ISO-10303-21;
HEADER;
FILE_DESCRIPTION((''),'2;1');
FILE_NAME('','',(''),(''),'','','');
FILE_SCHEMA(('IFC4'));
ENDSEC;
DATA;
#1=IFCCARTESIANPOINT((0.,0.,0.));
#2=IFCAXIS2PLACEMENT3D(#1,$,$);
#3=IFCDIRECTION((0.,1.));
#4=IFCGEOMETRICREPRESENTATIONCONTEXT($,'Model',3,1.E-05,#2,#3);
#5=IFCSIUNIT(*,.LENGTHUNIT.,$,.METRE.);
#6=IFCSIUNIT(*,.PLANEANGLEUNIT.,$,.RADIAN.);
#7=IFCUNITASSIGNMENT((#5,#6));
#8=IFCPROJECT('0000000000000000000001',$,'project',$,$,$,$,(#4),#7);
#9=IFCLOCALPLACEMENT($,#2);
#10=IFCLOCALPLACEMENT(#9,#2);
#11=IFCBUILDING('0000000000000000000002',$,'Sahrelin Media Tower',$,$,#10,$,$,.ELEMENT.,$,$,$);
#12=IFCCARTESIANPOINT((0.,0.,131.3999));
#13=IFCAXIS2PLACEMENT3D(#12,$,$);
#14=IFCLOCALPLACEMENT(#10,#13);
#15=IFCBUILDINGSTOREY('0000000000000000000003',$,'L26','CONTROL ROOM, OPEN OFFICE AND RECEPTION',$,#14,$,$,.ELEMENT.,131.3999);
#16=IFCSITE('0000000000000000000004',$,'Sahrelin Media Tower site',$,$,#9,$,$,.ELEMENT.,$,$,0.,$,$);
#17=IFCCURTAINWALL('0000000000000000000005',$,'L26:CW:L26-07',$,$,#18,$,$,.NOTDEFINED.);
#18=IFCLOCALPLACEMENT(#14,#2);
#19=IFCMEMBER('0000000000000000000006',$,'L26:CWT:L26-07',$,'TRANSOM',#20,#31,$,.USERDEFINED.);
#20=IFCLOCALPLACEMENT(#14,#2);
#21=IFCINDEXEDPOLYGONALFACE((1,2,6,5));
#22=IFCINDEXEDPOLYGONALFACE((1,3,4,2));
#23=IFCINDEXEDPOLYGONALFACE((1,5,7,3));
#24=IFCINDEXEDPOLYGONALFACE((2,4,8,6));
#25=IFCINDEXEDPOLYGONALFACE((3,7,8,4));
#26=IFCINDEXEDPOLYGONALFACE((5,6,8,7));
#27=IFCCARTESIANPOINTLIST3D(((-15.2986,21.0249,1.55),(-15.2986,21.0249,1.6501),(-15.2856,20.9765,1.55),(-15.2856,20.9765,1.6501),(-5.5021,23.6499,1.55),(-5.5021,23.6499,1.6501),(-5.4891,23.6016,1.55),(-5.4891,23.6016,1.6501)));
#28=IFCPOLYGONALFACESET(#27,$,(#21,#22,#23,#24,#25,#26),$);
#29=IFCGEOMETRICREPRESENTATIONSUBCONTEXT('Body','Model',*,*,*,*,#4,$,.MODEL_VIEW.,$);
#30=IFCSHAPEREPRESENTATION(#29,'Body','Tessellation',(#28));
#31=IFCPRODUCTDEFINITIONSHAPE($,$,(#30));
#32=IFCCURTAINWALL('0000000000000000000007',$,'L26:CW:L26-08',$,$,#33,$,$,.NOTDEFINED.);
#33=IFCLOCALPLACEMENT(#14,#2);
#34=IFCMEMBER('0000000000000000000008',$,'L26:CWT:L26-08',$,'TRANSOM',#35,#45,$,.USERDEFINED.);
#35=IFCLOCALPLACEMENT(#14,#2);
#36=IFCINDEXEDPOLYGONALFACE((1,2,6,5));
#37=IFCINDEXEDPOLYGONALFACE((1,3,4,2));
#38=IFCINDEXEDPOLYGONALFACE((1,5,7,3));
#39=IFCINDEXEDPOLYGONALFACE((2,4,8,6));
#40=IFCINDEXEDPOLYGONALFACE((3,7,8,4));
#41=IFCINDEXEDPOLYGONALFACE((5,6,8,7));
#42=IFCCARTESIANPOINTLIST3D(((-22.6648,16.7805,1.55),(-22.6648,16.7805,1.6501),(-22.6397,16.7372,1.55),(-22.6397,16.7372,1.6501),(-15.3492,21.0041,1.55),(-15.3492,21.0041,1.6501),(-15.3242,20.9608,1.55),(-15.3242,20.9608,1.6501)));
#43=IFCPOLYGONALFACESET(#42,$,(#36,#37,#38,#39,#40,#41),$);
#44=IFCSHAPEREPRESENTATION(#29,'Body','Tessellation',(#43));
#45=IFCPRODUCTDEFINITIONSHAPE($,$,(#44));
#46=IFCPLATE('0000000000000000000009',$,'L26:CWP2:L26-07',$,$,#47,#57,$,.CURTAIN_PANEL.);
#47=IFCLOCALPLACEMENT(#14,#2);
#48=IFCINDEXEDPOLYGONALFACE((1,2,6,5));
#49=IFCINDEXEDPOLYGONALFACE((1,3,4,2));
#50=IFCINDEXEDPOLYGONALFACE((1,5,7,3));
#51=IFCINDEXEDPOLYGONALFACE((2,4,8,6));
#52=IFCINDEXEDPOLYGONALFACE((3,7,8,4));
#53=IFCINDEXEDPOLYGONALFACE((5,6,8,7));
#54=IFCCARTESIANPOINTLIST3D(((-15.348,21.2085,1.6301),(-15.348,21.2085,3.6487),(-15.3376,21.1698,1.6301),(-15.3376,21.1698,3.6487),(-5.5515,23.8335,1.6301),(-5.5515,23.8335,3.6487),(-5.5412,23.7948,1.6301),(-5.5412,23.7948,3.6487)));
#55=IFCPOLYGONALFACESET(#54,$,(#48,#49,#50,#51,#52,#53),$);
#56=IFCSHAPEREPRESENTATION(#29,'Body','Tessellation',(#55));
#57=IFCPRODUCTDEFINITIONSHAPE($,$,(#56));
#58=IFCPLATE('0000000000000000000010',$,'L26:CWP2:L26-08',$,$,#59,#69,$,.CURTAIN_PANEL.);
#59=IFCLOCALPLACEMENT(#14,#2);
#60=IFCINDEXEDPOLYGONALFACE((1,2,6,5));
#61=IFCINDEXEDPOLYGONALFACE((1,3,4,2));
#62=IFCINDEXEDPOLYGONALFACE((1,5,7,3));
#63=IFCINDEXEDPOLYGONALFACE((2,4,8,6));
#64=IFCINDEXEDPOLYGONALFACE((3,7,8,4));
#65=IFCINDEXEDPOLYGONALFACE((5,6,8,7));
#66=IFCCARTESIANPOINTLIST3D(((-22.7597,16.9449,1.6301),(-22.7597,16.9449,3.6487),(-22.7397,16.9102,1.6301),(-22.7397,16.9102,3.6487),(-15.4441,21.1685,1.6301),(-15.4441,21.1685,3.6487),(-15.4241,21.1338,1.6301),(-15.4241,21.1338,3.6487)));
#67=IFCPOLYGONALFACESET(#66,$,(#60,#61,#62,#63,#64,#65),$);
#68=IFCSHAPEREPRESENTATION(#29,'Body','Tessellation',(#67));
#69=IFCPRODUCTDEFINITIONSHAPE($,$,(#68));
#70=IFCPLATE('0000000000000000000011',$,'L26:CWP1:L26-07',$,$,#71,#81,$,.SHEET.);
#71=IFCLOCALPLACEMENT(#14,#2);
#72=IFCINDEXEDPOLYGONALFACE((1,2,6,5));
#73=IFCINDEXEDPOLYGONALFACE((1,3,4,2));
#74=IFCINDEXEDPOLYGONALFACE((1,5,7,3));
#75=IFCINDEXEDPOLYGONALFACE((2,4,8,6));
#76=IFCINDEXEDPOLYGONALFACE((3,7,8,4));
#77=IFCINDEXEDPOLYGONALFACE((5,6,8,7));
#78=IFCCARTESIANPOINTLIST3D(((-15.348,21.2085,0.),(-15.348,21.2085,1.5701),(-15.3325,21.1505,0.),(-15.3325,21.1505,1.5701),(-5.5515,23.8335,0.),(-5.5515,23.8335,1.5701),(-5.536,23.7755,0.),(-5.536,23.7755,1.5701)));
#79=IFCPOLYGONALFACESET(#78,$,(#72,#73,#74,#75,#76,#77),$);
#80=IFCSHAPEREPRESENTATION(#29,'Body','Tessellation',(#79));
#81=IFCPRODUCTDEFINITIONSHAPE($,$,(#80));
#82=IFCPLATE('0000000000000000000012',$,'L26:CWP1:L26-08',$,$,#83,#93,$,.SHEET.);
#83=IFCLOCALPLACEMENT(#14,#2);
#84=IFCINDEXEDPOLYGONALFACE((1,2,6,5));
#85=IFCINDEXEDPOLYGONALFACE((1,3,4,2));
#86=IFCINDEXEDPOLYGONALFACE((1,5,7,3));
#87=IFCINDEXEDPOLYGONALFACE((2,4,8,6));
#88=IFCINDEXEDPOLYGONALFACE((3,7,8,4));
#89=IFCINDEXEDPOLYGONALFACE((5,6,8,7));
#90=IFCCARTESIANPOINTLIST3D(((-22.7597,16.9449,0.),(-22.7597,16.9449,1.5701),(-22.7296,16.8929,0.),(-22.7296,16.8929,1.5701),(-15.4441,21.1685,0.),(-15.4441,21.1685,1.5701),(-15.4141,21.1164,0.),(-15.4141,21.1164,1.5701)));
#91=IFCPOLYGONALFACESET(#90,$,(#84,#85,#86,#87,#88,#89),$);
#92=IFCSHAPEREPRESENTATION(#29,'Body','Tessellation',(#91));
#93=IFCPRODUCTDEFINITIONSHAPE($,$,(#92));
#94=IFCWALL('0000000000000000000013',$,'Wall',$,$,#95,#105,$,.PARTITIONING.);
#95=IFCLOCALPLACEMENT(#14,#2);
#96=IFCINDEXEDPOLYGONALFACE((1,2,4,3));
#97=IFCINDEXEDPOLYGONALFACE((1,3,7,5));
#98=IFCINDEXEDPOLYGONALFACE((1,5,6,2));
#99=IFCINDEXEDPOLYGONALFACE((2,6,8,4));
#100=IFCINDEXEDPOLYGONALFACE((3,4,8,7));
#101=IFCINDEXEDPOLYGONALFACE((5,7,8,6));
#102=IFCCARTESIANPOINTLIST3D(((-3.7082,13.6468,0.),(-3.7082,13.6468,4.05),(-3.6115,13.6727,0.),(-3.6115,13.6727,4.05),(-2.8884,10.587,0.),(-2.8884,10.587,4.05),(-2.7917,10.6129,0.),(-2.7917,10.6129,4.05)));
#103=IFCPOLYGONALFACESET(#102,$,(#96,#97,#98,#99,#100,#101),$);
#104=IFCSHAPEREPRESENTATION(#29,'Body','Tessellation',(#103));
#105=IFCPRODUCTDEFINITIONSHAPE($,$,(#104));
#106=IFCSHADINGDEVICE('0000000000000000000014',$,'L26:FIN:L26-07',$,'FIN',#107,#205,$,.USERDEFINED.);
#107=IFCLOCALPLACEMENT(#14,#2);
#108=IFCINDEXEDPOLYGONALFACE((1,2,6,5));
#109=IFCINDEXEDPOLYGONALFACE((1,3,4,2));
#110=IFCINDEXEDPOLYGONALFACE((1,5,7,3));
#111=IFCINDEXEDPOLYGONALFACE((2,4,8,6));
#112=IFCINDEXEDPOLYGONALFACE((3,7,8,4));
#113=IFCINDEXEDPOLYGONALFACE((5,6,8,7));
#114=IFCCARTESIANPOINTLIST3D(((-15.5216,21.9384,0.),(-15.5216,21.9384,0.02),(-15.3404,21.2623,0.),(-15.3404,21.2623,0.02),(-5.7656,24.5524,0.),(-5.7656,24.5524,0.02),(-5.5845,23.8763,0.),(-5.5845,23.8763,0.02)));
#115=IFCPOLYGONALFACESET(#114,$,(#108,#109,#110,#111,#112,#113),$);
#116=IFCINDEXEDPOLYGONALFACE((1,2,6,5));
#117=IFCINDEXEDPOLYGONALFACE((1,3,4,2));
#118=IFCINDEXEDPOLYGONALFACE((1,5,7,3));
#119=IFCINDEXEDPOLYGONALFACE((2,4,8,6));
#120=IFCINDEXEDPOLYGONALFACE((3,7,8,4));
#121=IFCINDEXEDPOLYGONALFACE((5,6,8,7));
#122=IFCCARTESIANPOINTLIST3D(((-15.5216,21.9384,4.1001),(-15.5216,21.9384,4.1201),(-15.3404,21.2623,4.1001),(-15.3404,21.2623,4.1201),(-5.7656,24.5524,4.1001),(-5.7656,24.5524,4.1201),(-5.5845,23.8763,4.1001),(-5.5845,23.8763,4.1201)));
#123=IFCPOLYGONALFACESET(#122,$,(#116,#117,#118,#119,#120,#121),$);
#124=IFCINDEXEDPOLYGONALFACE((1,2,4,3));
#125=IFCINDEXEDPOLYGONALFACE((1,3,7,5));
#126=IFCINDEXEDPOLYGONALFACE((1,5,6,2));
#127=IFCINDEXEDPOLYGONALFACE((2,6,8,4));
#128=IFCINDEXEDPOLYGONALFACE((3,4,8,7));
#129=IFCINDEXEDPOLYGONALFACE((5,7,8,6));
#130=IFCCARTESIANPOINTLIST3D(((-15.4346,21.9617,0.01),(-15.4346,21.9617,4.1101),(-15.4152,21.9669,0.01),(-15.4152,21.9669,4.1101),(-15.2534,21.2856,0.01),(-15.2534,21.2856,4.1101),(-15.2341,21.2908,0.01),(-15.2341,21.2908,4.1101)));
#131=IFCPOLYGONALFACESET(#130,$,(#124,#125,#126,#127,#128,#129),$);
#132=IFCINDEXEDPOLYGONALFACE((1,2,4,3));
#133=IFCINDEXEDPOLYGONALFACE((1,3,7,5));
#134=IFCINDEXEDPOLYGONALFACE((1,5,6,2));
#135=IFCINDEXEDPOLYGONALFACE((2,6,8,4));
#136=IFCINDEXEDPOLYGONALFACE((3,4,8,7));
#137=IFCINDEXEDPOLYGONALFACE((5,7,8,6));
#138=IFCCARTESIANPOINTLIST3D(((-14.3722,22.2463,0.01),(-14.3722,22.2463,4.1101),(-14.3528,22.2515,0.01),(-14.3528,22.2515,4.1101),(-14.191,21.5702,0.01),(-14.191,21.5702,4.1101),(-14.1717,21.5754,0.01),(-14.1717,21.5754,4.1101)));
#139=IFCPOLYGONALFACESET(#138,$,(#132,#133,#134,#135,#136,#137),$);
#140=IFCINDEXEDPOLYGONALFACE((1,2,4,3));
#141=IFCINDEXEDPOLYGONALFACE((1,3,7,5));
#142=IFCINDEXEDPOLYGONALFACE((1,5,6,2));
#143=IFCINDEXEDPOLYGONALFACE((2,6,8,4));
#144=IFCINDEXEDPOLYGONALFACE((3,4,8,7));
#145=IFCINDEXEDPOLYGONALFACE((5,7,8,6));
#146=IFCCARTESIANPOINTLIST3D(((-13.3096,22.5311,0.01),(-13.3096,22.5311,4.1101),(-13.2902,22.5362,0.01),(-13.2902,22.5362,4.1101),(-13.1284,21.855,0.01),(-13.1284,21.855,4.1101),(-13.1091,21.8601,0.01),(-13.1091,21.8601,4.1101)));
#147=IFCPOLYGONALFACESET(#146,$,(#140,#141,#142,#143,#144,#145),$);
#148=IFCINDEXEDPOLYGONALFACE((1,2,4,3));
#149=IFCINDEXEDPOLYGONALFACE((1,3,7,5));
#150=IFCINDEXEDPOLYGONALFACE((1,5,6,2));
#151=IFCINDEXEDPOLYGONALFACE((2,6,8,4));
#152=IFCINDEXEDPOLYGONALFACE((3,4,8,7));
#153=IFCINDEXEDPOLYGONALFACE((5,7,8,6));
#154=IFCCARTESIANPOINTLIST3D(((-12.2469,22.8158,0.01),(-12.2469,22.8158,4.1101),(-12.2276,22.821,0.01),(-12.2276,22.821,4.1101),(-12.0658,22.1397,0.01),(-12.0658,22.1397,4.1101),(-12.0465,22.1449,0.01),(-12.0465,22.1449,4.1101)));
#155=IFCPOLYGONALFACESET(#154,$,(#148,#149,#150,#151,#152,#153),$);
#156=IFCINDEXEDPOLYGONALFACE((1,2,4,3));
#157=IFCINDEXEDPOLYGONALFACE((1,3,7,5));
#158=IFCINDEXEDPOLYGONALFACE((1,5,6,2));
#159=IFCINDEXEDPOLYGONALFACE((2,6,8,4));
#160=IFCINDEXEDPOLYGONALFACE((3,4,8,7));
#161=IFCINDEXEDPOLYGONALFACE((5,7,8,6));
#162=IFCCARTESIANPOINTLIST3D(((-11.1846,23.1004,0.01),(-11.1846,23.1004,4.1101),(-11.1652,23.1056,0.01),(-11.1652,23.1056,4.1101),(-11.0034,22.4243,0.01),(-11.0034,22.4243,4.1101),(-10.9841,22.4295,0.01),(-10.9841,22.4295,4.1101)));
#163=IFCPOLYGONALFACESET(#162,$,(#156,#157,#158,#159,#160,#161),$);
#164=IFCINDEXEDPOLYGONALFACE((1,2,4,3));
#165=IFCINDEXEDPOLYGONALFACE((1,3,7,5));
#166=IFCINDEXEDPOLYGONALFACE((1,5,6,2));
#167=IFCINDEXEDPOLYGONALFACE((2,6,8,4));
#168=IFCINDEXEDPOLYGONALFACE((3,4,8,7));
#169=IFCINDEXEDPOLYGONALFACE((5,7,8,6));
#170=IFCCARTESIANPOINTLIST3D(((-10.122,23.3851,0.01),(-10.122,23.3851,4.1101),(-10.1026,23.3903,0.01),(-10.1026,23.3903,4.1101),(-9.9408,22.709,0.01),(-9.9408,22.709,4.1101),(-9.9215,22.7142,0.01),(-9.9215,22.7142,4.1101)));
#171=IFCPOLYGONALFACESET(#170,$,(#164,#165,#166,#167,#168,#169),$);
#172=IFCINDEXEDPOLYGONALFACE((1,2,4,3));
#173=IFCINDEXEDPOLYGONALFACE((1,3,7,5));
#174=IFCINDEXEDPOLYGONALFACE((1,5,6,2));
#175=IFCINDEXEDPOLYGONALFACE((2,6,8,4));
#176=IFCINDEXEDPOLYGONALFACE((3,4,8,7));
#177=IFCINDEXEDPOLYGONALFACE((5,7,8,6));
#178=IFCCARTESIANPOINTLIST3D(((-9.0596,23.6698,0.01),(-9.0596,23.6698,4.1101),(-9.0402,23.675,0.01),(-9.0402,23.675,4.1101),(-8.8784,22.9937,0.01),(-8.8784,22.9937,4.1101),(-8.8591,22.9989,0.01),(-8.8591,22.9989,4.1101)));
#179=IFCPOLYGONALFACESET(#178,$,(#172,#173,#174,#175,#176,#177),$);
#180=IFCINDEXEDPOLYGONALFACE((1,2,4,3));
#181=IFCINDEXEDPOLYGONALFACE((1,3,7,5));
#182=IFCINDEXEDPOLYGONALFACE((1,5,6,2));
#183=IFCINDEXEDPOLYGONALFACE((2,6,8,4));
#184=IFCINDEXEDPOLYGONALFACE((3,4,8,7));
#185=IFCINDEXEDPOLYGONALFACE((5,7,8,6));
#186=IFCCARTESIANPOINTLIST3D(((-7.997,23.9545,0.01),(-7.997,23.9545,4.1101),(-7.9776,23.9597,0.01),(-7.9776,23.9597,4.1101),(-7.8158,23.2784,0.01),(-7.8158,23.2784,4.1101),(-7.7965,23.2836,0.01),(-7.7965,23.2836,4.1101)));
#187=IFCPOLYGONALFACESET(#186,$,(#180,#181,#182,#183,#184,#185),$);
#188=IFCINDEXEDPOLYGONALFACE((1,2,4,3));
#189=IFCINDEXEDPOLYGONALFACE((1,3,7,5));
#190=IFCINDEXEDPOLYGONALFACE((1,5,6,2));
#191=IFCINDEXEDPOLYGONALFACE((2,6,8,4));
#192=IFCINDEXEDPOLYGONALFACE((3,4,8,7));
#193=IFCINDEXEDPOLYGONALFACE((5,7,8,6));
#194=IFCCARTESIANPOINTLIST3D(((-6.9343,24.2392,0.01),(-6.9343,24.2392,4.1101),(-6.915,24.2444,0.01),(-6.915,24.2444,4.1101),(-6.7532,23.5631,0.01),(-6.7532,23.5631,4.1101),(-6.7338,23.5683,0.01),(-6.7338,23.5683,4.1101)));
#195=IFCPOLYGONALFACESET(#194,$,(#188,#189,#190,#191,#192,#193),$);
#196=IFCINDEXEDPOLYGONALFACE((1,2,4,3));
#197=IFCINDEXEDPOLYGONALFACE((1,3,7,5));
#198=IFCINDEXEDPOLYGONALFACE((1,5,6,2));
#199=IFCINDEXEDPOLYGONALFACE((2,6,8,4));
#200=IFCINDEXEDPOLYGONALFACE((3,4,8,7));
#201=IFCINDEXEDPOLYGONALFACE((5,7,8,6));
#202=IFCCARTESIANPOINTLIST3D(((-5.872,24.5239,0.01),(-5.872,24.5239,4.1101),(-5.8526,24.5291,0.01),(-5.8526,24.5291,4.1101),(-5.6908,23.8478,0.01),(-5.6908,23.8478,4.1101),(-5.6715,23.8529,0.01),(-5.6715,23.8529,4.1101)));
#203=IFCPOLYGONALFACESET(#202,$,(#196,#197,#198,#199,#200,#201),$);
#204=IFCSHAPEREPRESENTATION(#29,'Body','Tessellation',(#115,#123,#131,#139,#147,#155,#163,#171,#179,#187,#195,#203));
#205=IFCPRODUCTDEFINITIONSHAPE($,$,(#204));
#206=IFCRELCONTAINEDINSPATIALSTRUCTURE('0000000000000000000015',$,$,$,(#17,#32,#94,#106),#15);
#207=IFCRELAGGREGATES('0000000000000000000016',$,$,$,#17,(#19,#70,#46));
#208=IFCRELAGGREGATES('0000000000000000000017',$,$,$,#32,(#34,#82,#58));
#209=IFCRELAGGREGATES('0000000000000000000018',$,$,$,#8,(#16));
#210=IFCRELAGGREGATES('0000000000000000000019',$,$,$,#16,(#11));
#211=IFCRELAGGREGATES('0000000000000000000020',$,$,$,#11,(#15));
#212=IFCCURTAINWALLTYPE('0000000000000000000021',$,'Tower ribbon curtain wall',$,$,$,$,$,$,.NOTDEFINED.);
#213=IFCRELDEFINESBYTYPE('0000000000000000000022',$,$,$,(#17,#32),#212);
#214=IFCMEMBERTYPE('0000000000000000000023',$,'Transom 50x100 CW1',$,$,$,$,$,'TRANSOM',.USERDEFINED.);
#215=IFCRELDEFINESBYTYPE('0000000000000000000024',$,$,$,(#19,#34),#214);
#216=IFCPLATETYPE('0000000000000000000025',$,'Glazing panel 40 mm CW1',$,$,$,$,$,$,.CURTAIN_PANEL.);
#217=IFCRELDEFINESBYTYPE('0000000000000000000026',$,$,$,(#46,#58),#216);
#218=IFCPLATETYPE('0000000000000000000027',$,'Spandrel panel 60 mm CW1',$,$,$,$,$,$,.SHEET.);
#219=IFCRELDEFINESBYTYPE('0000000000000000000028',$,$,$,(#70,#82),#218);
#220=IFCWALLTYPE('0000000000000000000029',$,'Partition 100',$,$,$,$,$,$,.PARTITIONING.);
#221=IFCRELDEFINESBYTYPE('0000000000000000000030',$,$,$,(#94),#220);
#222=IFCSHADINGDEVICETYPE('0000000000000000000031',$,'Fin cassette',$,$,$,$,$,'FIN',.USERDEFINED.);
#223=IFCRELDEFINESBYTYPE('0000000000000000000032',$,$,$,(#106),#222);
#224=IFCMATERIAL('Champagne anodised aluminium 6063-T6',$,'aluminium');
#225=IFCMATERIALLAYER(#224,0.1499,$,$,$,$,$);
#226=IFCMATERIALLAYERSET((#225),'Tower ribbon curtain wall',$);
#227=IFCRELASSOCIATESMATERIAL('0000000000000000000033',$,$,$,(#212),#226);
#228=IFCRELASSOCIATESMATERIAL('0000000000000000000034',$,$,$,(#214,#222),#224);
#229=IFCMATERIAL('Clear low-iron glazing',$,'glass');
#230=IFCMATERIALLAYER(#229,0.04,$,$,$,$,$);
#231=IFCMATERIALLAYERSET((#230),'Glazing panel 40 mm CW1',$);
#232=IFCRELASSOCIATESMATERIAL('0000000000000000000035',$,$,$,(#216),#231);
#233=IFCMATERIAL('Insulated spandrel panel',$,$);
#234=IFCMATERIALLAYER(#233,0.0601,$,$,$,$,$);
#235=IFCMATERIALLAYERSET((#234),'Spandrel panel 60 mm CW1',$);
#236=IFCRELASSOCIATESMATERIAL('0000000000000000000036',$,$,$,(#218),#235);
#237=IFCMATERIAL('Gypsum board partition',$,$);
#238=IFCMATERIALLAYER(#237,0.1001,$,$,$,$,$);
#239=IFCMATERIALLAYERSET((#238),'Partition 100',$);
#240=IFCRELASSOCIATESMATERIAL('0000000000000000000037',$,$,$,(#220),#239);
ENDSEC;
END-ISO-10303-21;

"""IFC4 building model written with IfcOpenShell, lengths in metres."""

from ifc_helpers import new_model, si_unit, direction, frame, frame_2d, origin, origin_2d, place, context, subcontext, project, spatial, polyline, rectangle, outline, extrude, material, layer, layer_set, material_profile, profile_set, type_object, element, aggregate, save


model = new_model("IFC4")

# Units and contexts
model_context = context("Model", 3, precision=1e-05, world=origin(), true_north=direction((0.0, 1.0)))
body_context = subcontext(model_context, "Body", "Model", "MODEL_VIEW")
ifc_project = project(units=[si_unit("LENGTHUNIT", "METRE"), si_unit("PLANEANGLEUNIT", "RADIAN")], contexts=[model_context])

# Site, building, storey
site_placement = place(None, origin())
site = spatial("IfcSite", under=ifc_project, at=site_placement, Name="Sahrelin Media Tower site", CompositionType="ELEMENT", RefElevation=0.0)
building_placement = place(site_placement, origin())
building = spatial("IfcBuilding", under=site, at=building_placement, Name="Sahrelin Media Tower", CompositionType="ELEMENT")
storey_placement = place(building_placement, frame((0.0, 0.0, 131.3999)))
storey = spatial("IfcBuildingStorey", under=building, at=storey_placement, Name="L26", Description="CONTROL ROOM, OPEN OFFICE AND RECEPTION", CompositionType="ELEMENT", Elevation=131.3999)

# Curtain wall
ifc_material_1 = material(Name="Champagne anodised aluminium 6063-T6", Category="aluminium")
ifc_layer_1 = layer(ifc_material_1, 0.1499)
ifc_layer_set_1 = layer_set([ifc_layer_1], Name="Tower ribbon curtain wall")
curtain_wall_type = type_object("IfcCurtainWallType", Name="Tower ribbon curtain wall", PredefinedType="NOTDEFINED", material=ifc_layer_set_1)
curtain_wall_1_placement = place(storey_placement, frame((-10.4443, 22.5017, 0.0), z_axis=(0.0, 0.0, 1.0), x_axis=(1.0, 0.0, 0.0)))
curtain_wall_1 = element("IfcCurtainWall", 1, at=curtain_wall_1_placement, inside=storey, type_object=curtain_wall_type, Name="L26:CW:L26-07", PredefinedType="NOTDEFINED")

# Member
ifc_material_profile_1 = material_profile(ifc_material_1, rectangle(XDim=0.05, YDim=0.1001, at=origin_2d()), Name="Transom 50x100")
ifc_profile_set_1 = profile_set([ifc_material_profile_1], Name="Champagne anodised aluminium 6063-T6")
member_type_1 = type_object("IfcMemberType", Name="Transom 50x100 CW1", ElementType="TRANSOM", PredefinedType="USERDEFINED", material=ifc_profile_set_1)
member_1_placement = place(storey_placement, frame((-5.4956, 23.6257, 1.6001), z_axis=(-0.965924, -0.258825, 0.0), x_axis=(0.258825, -0.965924, 0.0)))
member_1 = element("IfcMember", 2, at=member_1_placement, type_object=member_type_1, Name="L26:CWT:L26-07", ObjectType="TRANSOM", PredefinedType="USERDEFINED", context=body_context, shape_type="SweptSolid", body=[
    extrude(rectangle(XDim=0.05, YDim=0.1001, at=origin_2d()), origin(), (0.0, 0.0, 1.0), 10.1421),
])

# Curtain wall, member
curtain_wall_2_placement = place(storey_placement, frame((-19.092, 19.0393, 0.0), z_axis=(0.0, 0.0, 1.0), x_axis=(1.0, 0.0, 0.0)))
curtain_wall_2 = element("IfcCurtainWall", 3, at=curtain_wall_2_placement, inside=storey, type_object=curtain_wall_type, Name="L26:CW:L26-08", PredefinedType="NOTDEFINED")
member_2_placement = place(storey_placement, frame((-15.3367, 20.9824, 1.6001), z_axis=(-0.866029, -0.499993, 0.0), x_axis=(0.499993, -0.866029, 0.0)))
member_2 = element("IfcMember", 4, at=member_2_placement, type_object=member_type_1, Name="L26:CWT:L26-08", ObjectType="TRANSOM", PredefinedType="USERDEFINED", context=body_context, shape_type="SweptSolid", body=[
    extrude(rectangle(XDim=0.05, YDim=0.1001, at=origin_2d()), origin(), (0.0, 0.0, 1.0), 8.4473),
])

# Plates
ifc_material_2 = material(Name="Clear low-iron glazing", Category="glass")
ifc_layer_2 = layer(ifc_material_2, 0.04)
ifc_layer_set_2 = layer_set([ifc_layer_2], Name="Glazing panel 40 mm CW1")
plate_type_1 = type_object("IfcPlateType", Name="Glazing panel 40 mm CW1", PredefinedType="CURTAIN_PANEL", material=ifc_layer_set_2)
plate_1_placement = place(storey_placement, frame((-5.5515, 23.8335, 1.6301), z_axis=(-0.258825, 0.965924, 0.0), x_axis=(-0.965924, -0.258825, 0.0)))
plate_1 = element("IfcPlate", 5, at=plate_1_placement, type_object=plate_type_1, Name="L26:CWP2:L26-07", PredefinedType="CURTAIN_PANEL", context=body_context, shape_type="SweptSolid", body=[
    extrude(outline(polyline([(0.0, 0.0), (10.1421, 0.0), (10.1421, 2.0186), (0.0, 2.0186), (0.0, 0.0)])), origin(), (0.0, 0.0, -1.0), 0.04),
])
plate_2_placement = place(storey_placement, frame((-15.4441, 21.1685, 1.6301), z_axis=(-0.499993, 0.866029, 0.0), x_axis=(-0.866029, -0.499993, 0.0)))
plate_2 = element("IfcPlate", 6, at=plate_2_placement, type_object=plate_type_1, Name="L26:CWP2:L26-08", PredefinedType="CURTAIN_PANEL", context=body_context, shape_type="SweptSolid", body=[
    extrude(outline(polyline([(0.0, 0.0), (8.4473, 0.0), (8.4473, 2.0186), (0.0, 2.0186), (0.0, 0.0)])), origin(), (0.0, 0.0, -1.0), 0.04),
])
ifc_material_3 = material(Name="Insulated spandrel panel")
ifc_layer_3 = layer(ifc_material_3, 0.0601)
ifc_layer_set_3 = layer_set([ifc_layer_3], Name="Spandrel panel 60 mm CW1")
plate_type_2 = type_object("IfcPlateType", Name="Spandrel panel 60 mm CW1", PredefinedType="SHEET", material=ifc_layer_set_3)
plate_3_placement = place(storey_placement, frame((-5.5515, 23.8335, 0.0), z_axis=(-0.258825, 0.965924, 0.0), x_axis=(-0.965924, -0.258825, 0.0)))
plate_3 = element("IfcPlate", 7, at=plate_3_placement, type_object=plate_type_2, Name="L26:CWP1:L26-07", PredefinedType="SHEET", context=body_context, shape_type="SweptSolid", body=[
    extrude(outline(polyline([(0.0, 0.0), (10.1421, 0.0), (10.1421, 1.5701), (0.0, 1.5701), (0.0, 0.0)])), origin(), (0.0, 0.0, -1.0), 0.0601),
])
aggregate(curtain_wall_1, [member_1, plate_3, plate_1])
plate_4_placement = place(storey_placement, frame((-15.4441, 21.1685, 0.0), z_axis=(-0.499993, 0.866029, 0.0), x_axis=(-0.866029, -0.499993, 0.0)))
plate_4 = element("IfcPlate", 8, at=plate_4_placement, type_object=plate_type_2, Name="L26:CWP1:L26-08", PredefinedType="SHEET", context=body_context, shape_type="SweptSolid", body=[
    extrude(outline(polyline([(0.0, 0.0), (8.4473, 0.0), (8.4473, 1.5701), (0.0, 1.5701), (0.0, 0.0)])), origin(), (0.0, 0.0, -1.0), 0.0601),
])
aggregate(curtain_wall_2, [member_2, plate_4, plate_2])

# Wall
ifc_material_4 = material(Name="Gypsum board partition")
ifc_layer_4 = layer(ifc_material_4, 0.1001)
ifc_layer_set_4 = layer_set([ifc_layer_4], Name="Partition 100")
wall_type = type_object("IfcWallType", Name="Partition 100", PredefinedType="PARTITIONING", material=ifc_layer_set_4)
wall_placement = place(storey_placement, frame((-3.6599, 13.6599, 0.0), z_axis=(0.0, 0.0, 1.0), x_axis=(0.258804, -0.96593, 0.0)))
element("IfcWall", 9, at=wall_placement, inside=storey, type_object=wall_type, Name="Wall", PredefinedType="PARTITIONING", context=body_context, shape_type="SweptSolid", body=[
    extrude(rectangle(XDim=3.1677, YDim=0.1001, at=frame_2d((1.584, 0.0))), origin(), (0.0, 0.0, 1.0), 4.05),
])

# Shading device
shading_device_type_1 = type_object("IfcShadingDeviceType", Name="Fin cassette", ElementType="FIN", PredefinedType="USERDEFINED", material=ifc_material_1)
placement = place(storey_placement, frame((-10.4443, 22.5017, 0.0), z_axis=(0.0, 0.0, 1.0), x_axis=(0.965929, 0.258808, 0.0)))
element("IfcShadingDevice", 10, at=placement, inside=storey, type_object=shading_device_type_1, Name="L26:FIN:L26-07", ObjectType="FIN", PredefinedType="USERDEFINED", context=body_context, shape_type="SweptSolid", body=[
    extrude(rectangle(XDim=10.1001, YDim=0.7, at=origin_2d()), frame((0.0, 0.4199, 0.0)), (0.0, 0.0, 1.0), 0.02),
    extrude(rectangle(XDim=10.1001, YDim=0.7, at=origin_2d()), frame((0.0, 0.4199, 4.1001)), (0.0, 0.0, 1.0), 0.02),
    extrude(rectangle(XDim=0.02, YDim=0.7, at=origin_2d()), frame((-4.95, 0.4199, 0.01), z_axis=(0.0, 0.0, 1.0), x_axis=(1.0, 0.0, 0.0)), (0.0, 0.0, 1.0), 4.1001),
    extrude(rectangle(XDim=0.02, YDim=0.7, at=origin_2d()), frame((-3.8501, 0.4199, 0.01), z_axis=(0.0, 0.0, 1.0), x_axis=(1.0, 0.0, 0.0)), (0.0, 0.0, 1.0), 4.1001),
    extrude(rectangle(XDim=0.02, YDim=0.7, at=origin_2d()), frame((-2.75, 0.4199, 0.01), z_axis=(0.0, 0.0, 1.0), x_axis=(1.0, 0.0, 0.0)), (0.0, 0.0, 1.0), 4.1001),
    extrude(rectangle(XDim=0.02, YDim=0.7, at=origin_2d()), frame((-1.6499, 0.4199, 0.01), z_axis=(0.0, 0.0, 1.0), x_axis=(1.0, 0.0, 0.0)), (0.0, 0.0, 1.0), 4.1001),
    extrude(rectangle(XDim=0.02, YDim=0.7, at=origin_2d()), frame((-0.55, 0.4199, 0.01), z_axis=(0.0, 0.0, 1.0), x_axis=(1.0, 0.0, 0.0)), (0.0, 0.0, 1.0), 4.1001),
    extrude(rectangle(XDim=0.02, YDim=0.7, at=origin_2d()), frame((0.55, 0.4199, 0.01), z_axis=(0.0, 0.0, 1.0), x_axis=(1.0, 0.0, 0.0)), (0.0, 0.0, 1.0), 4.1001),
    extrude(rectangle(XDim=0.02, YDim=0.7, at=origin_2d()), frame((1.6499, 0.4199, 0.01), z_axis=(0.0, 0.0, 1.0), x_axis=(1.0, 0.0, 0.0)), (0.0, 0.0, 1.0), 4.1001),
    extrude(rectangle(XDim=0.02, YDim=0.7, at=origin_2d()), frame((2.75, 0.4199, 0.01), z_axis=(0.0, 0.0, 1.0), x_axis=(1.0, 0.0, 0.0)), (0.0, 0.0, 1.0), 4.1001),
    extrude(rectangle(XDim=0.02, YDim=0.7, at=origin_2d()), frame((3.8501, 0.4199, 0.01), z_axis=(0.0, 0.0, 1.0), x_axis=(1.0, 0.0, 0.0)), (0.0, 0.0, 1.0), 4.1001),
    extrude(rectangle(XDim=0.02, YDim=0.7, at=origin_2d()), frame((4.95, 0.4199, 0.01), z_axis=(0.0, 0.0, 1.0), x_axis=(1.0, 0.0, 0.0)), (0.0, 0.0, 1.0), 4.1001),
])

save(model, "model.ifc")
